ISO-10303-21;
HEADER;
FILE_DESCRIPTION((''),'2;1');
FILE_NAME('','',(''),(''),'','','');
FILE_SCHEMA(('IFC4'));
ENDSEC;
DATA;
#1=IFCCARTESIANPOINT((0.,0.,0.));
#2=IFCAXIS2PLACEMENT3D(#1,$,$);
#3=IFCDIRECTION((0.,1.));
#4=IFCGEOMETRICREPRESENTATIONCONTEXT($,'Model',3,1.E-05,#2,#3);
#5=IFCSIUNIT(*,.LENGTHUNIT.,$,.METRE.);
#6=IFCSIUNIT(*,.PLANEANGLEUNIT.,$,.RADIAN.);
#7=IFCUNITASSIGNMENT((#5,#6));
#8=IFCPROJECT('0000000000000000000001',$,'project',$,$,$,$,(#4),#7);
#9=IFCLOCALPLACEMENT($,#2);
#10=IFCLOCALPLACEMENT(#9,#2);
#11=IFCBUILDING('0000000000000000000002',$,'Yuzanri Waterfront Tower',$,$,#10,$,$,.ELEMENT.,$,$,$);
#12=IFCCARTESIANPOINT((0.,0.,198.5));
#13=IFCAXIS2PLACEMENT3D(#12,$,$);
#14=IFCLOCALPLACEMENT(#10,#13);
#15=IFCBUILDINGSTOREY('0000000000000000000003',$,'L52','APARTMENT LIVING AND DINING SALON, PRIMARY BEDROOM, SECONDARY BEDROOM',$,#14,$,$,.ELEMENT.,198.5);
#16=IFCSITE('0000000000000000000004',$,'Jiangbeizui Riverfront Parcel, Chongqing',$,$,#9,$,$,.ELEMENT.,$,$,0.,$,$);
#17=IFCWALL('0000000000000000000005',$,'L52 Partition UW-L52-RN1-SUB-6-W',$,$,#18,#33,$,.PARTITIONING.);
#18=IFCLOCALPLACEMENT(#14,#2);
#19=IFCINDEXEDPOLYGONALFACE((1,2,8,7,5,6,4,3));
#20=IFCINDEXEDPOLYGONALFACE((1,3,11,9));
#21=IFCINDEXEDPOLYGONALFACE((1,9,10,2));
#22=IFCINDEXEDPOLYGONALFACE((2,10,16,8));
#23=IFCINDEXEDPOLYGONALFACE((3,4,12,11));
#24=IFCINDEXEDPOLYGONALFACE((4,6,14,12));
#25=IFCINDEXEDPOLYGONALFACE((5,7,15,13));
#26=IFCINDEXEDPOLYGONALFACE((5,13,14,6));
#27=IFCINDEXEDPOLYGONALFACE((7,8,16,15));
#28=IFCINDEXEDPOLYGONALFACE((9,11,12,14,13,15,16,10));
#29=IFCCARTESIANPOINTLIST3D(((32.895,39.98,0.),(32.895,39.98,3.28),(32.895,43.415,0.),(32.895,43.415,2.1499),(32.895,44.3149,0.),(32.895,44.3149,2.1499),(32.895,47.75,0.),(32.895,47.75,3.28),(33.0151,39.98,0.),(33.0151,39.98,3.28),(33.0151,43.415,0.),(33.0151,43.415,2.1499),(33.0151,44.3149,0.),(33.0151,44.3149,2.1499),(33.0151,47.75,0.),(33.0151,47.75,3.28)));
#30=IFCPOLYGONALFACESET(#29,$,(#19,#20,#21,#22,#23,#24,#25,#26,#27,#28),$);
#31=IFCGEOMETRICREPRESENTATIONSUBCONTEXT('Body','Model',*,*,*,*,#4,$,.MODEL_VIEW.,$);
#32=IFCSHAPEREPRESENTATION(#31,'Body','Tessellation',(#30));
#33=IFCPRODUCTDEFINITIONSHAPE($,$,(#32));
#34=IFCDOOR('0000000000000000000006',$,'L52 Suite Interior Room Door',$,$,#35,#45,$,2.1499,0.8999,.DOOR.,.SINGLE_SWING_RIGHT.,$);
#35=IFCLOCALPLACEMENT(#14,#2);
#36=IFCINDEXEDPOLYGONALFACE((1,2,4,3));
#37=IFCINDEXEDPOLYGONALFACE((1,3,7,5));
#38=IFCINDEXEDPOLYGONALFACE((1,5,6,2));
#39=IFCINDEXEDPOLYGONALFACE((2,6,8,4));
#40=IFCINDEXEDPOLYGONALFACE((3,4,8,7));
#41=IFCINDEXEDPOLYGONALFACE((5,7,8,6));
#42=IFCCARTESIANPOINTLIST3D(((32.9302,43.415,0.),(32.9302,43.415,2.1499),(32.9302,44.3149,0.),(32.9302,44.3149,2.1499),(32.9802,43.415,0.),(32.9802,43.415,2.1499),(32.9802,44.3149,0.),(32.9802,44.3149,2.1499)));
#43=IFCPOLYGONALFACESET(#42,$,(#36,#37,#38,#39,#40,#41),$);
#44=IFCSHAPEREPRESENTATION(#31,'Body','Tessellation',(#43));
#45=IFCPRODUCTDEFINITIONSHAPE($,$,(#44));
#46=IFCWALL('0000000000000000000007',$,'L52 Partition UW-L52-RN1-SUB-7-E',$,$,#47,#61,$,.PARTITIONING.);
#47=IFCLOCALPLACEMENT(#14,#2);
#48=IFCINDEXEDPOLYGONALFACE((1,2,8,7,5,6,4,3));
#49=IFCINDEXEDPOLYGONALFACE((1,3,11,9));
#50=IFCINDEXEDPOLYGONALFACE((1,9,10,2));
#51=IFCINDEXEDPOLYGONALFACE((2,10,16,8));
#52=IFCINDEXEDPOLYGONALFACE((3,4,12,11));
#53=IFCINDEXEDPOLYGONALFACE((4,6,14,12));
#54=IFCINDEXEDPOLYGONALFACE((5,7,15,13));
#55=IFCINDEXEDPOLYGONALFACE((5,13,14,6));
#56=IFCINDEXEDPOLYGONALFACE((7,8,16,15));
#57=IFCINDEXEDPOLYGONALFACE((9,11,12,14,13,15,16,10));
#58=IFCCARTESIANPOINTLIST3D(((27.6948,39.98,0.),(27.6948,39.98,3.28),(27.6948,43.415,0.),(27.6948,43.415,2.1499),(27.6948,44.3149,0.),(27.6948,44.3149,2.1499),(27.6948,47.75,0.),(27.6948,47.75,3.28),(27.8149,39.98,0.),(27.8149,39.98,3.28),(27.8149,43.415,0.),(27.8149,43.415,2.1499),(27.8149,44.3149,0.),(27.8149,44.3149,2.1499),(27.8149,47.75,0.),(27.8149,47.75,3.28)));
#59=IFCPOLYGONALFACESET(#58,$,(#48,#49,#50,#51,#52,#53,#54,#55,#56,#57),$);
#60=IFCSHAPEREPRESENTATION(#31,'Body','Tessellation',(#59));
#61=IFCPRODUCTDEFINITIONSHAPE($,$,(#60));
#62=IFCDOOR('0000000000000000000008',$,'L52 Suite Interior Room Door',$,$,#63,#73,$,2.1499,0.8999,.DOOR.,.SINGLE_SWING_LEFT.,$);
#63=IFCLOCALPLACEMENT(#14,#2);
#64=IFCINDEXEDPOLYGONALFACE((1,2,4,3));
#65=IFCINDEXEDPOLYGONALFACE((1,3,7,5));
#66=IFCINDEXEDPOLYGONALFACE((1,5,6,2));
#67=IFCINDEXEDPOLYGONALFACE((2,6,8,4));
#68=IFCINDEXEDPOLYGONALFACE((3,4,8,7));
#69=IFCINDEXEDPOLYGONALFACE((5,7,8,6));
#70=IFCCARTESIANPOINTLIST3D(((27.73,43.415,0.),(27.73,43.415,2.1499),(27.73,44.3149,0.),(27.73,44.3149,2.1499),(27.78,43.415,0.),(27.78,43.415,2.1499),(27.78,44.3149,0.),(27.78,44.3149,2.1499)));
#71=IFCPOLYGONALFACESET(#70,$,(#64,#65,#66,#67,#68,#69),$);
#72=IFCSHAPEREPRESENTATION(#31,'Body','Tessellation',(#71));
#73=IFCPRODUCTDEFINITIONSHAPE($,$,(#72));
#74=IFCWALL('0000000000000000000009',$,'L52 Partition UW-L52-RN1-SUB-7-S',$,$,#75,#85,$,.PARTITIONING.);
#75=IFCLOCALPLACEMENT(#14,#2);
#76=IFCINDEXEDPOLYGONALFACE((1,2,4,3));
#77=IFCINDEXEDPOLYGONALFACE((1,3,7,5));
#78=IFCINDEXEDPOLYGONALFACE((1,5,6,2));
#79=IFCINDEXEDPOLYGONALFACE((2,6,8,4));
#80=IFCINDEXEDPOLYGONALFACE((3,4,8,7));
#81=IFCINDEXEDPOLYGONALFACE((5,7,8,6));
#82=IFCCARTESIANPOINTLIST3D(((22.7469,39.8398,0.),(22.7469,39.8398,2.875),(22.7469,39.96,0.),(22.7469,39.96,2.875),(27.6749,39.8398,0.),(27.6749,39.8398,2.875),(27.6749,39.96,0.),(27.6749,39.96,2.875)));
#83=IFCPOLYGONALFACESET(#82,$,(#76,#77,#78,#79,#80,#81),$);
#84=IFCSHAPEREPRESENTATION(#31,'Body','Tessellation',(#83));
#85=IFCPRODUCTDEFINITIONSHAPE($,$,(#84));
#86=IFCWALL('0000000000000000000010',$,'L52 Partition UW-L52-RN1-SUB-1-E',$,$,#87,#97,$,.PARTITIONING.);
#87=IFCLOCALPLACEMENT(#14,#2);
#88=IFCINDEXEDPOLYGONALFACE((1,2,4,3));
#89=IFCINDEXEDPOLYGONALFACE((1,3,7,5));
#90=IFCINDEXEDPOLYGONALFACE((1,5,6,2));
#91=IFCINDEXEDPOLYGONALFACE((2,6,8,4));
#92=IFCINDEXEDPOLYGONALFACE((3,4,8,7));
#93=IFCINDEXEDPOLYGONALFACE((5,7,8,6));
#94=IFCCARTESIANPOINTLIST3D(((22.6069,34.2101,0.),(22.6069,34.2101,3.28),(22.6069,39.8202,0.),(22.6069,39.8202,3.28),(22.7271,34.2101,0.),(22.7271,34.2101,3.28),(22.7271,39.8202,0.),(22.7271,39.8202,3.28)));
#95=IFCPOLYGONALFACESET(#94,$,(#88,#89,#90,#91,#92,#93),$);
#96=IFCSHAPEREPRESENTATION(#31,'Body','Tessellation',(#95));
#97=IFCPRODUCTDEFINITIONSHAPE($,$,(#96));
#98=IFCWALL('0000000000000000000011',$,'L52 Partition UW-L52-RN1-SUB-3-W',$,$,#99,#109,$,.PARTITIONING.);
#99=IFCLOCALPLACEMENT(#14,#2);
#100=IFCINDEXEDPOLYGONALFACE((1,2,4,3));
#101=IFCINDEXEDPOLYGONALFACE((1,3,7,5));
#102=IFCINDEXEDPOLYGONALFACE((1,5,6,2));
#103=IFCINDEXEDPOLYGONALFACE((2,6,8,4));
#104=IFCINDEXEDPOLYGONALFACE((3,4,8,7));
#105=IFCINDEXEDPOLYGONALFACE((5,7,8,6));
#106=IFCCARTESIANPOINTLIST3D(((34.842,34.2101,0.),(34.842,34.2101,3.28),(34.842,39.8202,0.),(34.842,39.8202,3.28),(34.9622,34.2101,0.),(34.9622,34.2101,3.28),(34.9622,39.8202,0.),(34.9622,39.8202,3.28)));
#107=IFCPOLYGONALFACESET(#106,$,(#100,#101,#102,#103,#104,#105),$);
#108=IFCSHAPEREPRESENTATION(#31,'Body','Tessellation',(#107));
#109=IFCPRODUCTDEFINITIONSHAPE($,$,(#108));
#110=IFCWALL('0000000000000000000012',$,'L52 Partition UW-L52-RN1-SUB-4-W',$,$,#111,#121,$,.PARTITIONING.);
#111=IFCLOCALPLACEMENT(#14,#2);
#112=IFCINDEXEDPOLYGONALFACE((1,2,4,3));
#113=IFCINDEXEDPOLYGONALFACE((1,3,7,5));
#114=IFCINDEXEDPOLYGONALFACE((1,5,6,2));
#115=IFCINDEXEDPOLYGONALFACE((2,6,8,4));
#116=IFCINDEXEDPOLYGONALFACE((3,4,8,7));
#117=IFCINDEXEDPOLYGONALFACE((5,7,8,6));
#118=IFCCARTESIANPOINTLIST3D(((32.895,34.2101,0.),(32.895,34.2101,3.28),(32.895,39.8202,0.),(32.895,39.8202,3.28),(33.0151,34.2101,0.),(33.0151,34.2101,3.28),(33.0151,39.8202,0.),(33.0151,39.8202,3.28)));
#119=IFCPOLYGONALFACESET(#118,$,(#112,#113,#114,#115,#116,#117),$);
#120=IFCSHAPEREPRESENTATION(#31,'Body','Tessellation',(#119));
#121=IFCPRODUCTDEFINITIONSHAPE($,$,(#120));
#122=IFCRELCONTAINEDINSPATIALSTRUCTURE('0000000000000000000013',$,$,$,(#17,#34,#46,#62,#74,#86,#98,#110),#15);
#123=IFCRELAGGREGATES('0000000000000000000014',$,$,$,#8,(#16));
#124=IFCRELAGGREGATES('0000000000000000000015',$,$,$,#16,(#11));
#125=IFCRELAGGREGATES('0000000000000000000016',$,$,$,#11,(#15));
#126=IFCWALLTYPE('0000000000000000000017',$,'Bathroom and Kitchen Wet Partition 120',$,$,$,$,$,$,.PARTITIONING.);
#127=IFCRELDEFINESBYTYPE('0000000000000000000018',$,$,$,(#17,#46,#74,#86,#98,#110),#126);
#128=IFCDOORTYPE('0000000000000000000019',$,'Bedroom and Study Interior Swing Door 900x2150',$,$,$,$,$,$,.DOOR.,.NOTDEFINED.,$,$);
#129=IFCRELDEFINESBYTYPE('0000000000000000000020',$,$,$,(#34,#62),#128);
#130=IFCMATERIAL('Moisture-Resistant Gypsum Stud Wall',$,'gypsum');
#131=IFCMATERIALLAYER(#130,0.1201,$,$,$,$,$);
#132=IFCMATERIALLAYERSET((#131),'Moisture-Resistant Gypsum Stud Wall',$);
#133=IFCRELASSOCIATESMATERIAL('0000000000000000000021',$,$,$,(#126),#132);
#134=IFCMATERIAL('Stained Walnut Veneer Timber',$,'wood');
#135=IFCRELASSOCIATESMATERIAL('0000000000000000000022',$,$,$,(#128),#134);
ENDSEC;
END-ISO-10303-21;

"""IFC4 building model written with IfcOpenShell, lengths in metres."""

from ifc_helpers import new_model, si_unit, direction, frame, frame_2d, origin, place, context, subcontext, project, spatial, rectangle, extrude, source, transform, mapped, material, layer, layer_set, type_object, element, fill, save


model = new_model("IFC4")

# Units and contexts
model_context = context("Model", 3, precision=1e-05, world=origin(), true_north=direction((0.0, 1.0)))
body_context = subcontext(model_context, "Body", "Model", "MODEL_VIEW")
ifc_project = project(units=[si_unit("LENGTHUNIT", "METRE"), si_unit("PLANEANGLEUNIT", "RADIAN")], contexts=[model_context])

# Site, building, storey
site_placement = place(None, origin())
site = spatial("IfcSite", under=ifc_project, at=site_placement, Name="Jiangbeizui Riverfront Parcel, Chongqing", CompositionType="ELEMENT", RefElevation=0.0)
building_placement = place(site_placement, origin())
building = spatial("IfcBuilding", under=site, at=building_placement, Name="Yuzanri Waterfront Tower", CompositionType="ELEMENT")
storey_placement = place(building_placement, frame((0.0, 0.0, 198.5)))
storey = spatial("IfcBuildingStorey", under=building, at=storey_placement, Name="L52", Description="APARTMENT LIVING AND DINING SALON, PRIMARY BEDROOM, SECONDARY BEDROOM", CompositionType="ELEMENT", Elevation=198.5)

# Shared definitions
ifc_material_1 = material(Name="Moisture-Resistant Gypsum Stud Wall", Category="gypsum")
ifc_layer_1 = layer(ifc_material_1, 0.1201)
ifc_layer_set_1 = layer_set([ifc_layer_1], Name="Moisture-Resistant Gypsum Stud Wall")
wall_type = type_object("IfcWallType", Name="Bathroom and Kitchen Wet Partition 120", PredefinedType="PARTITIONING", material=ifc_layer_set_1)
ifc_material_2 = material(Name="Stained Walnut Veneer Timber", Category="wood")
door_type_1 = type_object("IfcDoorType", Name="Bedroom and Study Interior Swing Door 900x2150", OperationType="NOTDEFINED", PredefinedType="DOOR", material=ifc_material_2)
shared_shape_1 = source(origin(), body_context, "Body", "SweptSolid", [
    extrude(rectangle(XDim=0.8999, YDim=2.1499, at=frame_2d((0.45, 1.075))), frame((0.0, 0.0249, 0.0), z_axis=(0.0, -1.0, 0.0), x_axis=(1.0, 0.0, 0.0)), (0.0, 0.0, 1.0), 0.05),
])

# Walls, openings, doors
wall_1_placement = place(storey_placement, frame((32.9551, 39.98, 0.0), z_axis=(0.0, 0.0, 1.0), x_axis=(0.0, 1.0, 0.0)))
wall_1 = element("IfcWall", 1, at=wall_1_placement, inside=storey, type_object=wall_type, Name="L52 Partition UW-L52-RN1-SUB-6-W", PredefinedType="PARTITIONING", context=body_context, shape_type="SweptSolid", body=[
    extrude(rectangle(XDim=7.77, YDim=0.1201, at=frame_2d((3.885, 0.0))), origin(), (0.0, 0.0, 1.0), 3.28),
])
opening_1_placement = place(wall_1_placement, frame((3.4351, 0.0, 0.0)))
opening_1 = element("IfcOpeningElement", 2, at=opening_1_placement, cuts=wall_1, PredefinedType="OPENING", context=body_context, shape_type="SweptSolid", body=[
    extrude(rectangle(XDim=0.8999, YDim=2.1499, at=frame_2d((0.45, 1.075))), frame((0.0, 0.075, 0.0), z_axis=(0.0, -1.0, 0.0), x_axis=(1.0, 0.0, 0.0)), (0.0, 0.0, 1.0), 0.1499),
])
door_1_placement = place(opening_1_placement, origin())
door_1 = element("IfcDoor", 3, at=door_1_placement, inside=storey, type_object=door_type_1, Name="L52 Suite Interior Room Door", OperationType="SINGLE_SWING_RIGHT", OverallHeight=2.1499, OverallWidth=0.8999, PredefinedType="DOOR", context=body_context, shape_type="MappedRepresentation", body=[
    mapped(shared_shape_1, transform((0.0, 0.0, 0.0), scale=1.0)),
])
fill(opening_1, door_1)
wall_2_placement = place(storey_placement, frame((27.7549, 39.98, 0.0), z_axis=(0.0, 0.0, 1.0), x_axis=(0.0, 1.0, 0.0)))
wall_2 = element("IfcWall", 4, at=wall_2_placement, inside=storey, type_object=wall_type, Name="L52 Partition UW-L52-RN1-SUB-7-E", PredefinedType="PARTITIONING", context=body_context, shape_type="SweptSolid", body=[
    extrude(rectangle(XDim=7.77, YDim=0.1201, at=frame_2d((3.885, 0.0))), origin(), (0.0, 0.0, 1.0), 3.28),
])
opening_2_placement = place(wall_2_placement, frame((3.4351, 0.0, 0.0)))
opening_2 = element("IfcOpeningElement", 5, at=opening_2_placement, cuts=wall_2, PredefinedType="OPENING", context=body_context, shape_type="SweptSolid", body=[
    extrude(rectangle(XDim=0.8999, YDim=2.1499, at=frame_2d((0.45, 1.075))), frame((0.0, 0.075, 0.0), z_axis=(0.0, -1.0, 0.0), x_axis=(1.0, 0.0, 0.0)), (0.0, 0.0, 1.0), 0.1499),
])
door_2_placement = place(opening_2_placement, origin())
door_2 = element("IfcDoor", 6, at=door_2_placement, inside=storey, type_object=door_type_1, Name="L52 Suite Interior Room Door", OperationType="SINGLE_SWING_LEFT", OverallHeight=2.1499, OverallWidth=0.8999, PredefinedType="DOOR", context=body_context, shape_type="MappedRepresentation", body=[
    mapped(shared_shape_1, transform((0.0, 0.0, 0.0), scale=1.0)),
])
fill(opening_2, door_2)

# Walls
shared_shape_2 = source(origin(), body_context, "Body", "SweptSolid", [
    extrude(rectangle(XDim=4.928, YDim=0.1201, at=frame_2d((2.4639, 0.0))), origin(), (0.0, 0.0, 1.0), 2.875),
])
wall_3_placement = place(storey_placement, frame((22.7471, 39.8999, 0.0), z_axis=(0.0, 0.0, 1.0), x_axis=(1.0, 0.0, 0.0)))
element("IfcWall", 7, at=wall_3_placement, inside=storey, type_object=wall_type, Name="L52 Partition UW-L52-RN1-SUB-7-S", PredefinedType="PARTITIONING", context=body_context, shape_type="MappedRepresentation", body=[
    mapped(shared_shape_2, transform((0.0, 0.0, 0.0), scale=1.0)),
])
shared_shape_3 = source(origin(), body_context, "Body", "SweptSolid", [
    extrude(rectangle(XDim=5.6101, YDim=0.1201, at=frame_2d((2.8052, 0.0))), origin(), (0.0, 0.0, 1.0), 3.28),
])
for number, where, z_axis, x_axis, name in (
    (8, (22.667, 34.21, 0.0), (0.0, 0.0, 1.0), (0.0, 1.0, 0.0), "L52 Partition UW-L52-RN1-SUB-1-E"),
    (9, (34.9021, 34.21, 0.0), (0.0, 0.0, 1.0), (0.0, 1.0, 0.0), "L52 Partition UW-L52-RN1-SUB-3-W"),
    (10, (32.9551, 34.21, 0.0), (0.0, 0.0, 1.0), (0.0, 1.0, 0.0), "L52 Partition UW-L52-RN1-SUB-4-W"),
):
    element("IfcWall", number, at=place(storey_placement, frame(where, z_axis=z_axis, x_axis=x_axis)), inside=storey, type_object=wall_type, Name=name, PredefinedType="PARTITIONING", context=body_context, shape_type="MappedRepresentation", body=[
        mapped(shared_shape_3, transform((0.0, 0.0, 0.0), scale=1.0)),
    ])

save(model, "model.ifc")
